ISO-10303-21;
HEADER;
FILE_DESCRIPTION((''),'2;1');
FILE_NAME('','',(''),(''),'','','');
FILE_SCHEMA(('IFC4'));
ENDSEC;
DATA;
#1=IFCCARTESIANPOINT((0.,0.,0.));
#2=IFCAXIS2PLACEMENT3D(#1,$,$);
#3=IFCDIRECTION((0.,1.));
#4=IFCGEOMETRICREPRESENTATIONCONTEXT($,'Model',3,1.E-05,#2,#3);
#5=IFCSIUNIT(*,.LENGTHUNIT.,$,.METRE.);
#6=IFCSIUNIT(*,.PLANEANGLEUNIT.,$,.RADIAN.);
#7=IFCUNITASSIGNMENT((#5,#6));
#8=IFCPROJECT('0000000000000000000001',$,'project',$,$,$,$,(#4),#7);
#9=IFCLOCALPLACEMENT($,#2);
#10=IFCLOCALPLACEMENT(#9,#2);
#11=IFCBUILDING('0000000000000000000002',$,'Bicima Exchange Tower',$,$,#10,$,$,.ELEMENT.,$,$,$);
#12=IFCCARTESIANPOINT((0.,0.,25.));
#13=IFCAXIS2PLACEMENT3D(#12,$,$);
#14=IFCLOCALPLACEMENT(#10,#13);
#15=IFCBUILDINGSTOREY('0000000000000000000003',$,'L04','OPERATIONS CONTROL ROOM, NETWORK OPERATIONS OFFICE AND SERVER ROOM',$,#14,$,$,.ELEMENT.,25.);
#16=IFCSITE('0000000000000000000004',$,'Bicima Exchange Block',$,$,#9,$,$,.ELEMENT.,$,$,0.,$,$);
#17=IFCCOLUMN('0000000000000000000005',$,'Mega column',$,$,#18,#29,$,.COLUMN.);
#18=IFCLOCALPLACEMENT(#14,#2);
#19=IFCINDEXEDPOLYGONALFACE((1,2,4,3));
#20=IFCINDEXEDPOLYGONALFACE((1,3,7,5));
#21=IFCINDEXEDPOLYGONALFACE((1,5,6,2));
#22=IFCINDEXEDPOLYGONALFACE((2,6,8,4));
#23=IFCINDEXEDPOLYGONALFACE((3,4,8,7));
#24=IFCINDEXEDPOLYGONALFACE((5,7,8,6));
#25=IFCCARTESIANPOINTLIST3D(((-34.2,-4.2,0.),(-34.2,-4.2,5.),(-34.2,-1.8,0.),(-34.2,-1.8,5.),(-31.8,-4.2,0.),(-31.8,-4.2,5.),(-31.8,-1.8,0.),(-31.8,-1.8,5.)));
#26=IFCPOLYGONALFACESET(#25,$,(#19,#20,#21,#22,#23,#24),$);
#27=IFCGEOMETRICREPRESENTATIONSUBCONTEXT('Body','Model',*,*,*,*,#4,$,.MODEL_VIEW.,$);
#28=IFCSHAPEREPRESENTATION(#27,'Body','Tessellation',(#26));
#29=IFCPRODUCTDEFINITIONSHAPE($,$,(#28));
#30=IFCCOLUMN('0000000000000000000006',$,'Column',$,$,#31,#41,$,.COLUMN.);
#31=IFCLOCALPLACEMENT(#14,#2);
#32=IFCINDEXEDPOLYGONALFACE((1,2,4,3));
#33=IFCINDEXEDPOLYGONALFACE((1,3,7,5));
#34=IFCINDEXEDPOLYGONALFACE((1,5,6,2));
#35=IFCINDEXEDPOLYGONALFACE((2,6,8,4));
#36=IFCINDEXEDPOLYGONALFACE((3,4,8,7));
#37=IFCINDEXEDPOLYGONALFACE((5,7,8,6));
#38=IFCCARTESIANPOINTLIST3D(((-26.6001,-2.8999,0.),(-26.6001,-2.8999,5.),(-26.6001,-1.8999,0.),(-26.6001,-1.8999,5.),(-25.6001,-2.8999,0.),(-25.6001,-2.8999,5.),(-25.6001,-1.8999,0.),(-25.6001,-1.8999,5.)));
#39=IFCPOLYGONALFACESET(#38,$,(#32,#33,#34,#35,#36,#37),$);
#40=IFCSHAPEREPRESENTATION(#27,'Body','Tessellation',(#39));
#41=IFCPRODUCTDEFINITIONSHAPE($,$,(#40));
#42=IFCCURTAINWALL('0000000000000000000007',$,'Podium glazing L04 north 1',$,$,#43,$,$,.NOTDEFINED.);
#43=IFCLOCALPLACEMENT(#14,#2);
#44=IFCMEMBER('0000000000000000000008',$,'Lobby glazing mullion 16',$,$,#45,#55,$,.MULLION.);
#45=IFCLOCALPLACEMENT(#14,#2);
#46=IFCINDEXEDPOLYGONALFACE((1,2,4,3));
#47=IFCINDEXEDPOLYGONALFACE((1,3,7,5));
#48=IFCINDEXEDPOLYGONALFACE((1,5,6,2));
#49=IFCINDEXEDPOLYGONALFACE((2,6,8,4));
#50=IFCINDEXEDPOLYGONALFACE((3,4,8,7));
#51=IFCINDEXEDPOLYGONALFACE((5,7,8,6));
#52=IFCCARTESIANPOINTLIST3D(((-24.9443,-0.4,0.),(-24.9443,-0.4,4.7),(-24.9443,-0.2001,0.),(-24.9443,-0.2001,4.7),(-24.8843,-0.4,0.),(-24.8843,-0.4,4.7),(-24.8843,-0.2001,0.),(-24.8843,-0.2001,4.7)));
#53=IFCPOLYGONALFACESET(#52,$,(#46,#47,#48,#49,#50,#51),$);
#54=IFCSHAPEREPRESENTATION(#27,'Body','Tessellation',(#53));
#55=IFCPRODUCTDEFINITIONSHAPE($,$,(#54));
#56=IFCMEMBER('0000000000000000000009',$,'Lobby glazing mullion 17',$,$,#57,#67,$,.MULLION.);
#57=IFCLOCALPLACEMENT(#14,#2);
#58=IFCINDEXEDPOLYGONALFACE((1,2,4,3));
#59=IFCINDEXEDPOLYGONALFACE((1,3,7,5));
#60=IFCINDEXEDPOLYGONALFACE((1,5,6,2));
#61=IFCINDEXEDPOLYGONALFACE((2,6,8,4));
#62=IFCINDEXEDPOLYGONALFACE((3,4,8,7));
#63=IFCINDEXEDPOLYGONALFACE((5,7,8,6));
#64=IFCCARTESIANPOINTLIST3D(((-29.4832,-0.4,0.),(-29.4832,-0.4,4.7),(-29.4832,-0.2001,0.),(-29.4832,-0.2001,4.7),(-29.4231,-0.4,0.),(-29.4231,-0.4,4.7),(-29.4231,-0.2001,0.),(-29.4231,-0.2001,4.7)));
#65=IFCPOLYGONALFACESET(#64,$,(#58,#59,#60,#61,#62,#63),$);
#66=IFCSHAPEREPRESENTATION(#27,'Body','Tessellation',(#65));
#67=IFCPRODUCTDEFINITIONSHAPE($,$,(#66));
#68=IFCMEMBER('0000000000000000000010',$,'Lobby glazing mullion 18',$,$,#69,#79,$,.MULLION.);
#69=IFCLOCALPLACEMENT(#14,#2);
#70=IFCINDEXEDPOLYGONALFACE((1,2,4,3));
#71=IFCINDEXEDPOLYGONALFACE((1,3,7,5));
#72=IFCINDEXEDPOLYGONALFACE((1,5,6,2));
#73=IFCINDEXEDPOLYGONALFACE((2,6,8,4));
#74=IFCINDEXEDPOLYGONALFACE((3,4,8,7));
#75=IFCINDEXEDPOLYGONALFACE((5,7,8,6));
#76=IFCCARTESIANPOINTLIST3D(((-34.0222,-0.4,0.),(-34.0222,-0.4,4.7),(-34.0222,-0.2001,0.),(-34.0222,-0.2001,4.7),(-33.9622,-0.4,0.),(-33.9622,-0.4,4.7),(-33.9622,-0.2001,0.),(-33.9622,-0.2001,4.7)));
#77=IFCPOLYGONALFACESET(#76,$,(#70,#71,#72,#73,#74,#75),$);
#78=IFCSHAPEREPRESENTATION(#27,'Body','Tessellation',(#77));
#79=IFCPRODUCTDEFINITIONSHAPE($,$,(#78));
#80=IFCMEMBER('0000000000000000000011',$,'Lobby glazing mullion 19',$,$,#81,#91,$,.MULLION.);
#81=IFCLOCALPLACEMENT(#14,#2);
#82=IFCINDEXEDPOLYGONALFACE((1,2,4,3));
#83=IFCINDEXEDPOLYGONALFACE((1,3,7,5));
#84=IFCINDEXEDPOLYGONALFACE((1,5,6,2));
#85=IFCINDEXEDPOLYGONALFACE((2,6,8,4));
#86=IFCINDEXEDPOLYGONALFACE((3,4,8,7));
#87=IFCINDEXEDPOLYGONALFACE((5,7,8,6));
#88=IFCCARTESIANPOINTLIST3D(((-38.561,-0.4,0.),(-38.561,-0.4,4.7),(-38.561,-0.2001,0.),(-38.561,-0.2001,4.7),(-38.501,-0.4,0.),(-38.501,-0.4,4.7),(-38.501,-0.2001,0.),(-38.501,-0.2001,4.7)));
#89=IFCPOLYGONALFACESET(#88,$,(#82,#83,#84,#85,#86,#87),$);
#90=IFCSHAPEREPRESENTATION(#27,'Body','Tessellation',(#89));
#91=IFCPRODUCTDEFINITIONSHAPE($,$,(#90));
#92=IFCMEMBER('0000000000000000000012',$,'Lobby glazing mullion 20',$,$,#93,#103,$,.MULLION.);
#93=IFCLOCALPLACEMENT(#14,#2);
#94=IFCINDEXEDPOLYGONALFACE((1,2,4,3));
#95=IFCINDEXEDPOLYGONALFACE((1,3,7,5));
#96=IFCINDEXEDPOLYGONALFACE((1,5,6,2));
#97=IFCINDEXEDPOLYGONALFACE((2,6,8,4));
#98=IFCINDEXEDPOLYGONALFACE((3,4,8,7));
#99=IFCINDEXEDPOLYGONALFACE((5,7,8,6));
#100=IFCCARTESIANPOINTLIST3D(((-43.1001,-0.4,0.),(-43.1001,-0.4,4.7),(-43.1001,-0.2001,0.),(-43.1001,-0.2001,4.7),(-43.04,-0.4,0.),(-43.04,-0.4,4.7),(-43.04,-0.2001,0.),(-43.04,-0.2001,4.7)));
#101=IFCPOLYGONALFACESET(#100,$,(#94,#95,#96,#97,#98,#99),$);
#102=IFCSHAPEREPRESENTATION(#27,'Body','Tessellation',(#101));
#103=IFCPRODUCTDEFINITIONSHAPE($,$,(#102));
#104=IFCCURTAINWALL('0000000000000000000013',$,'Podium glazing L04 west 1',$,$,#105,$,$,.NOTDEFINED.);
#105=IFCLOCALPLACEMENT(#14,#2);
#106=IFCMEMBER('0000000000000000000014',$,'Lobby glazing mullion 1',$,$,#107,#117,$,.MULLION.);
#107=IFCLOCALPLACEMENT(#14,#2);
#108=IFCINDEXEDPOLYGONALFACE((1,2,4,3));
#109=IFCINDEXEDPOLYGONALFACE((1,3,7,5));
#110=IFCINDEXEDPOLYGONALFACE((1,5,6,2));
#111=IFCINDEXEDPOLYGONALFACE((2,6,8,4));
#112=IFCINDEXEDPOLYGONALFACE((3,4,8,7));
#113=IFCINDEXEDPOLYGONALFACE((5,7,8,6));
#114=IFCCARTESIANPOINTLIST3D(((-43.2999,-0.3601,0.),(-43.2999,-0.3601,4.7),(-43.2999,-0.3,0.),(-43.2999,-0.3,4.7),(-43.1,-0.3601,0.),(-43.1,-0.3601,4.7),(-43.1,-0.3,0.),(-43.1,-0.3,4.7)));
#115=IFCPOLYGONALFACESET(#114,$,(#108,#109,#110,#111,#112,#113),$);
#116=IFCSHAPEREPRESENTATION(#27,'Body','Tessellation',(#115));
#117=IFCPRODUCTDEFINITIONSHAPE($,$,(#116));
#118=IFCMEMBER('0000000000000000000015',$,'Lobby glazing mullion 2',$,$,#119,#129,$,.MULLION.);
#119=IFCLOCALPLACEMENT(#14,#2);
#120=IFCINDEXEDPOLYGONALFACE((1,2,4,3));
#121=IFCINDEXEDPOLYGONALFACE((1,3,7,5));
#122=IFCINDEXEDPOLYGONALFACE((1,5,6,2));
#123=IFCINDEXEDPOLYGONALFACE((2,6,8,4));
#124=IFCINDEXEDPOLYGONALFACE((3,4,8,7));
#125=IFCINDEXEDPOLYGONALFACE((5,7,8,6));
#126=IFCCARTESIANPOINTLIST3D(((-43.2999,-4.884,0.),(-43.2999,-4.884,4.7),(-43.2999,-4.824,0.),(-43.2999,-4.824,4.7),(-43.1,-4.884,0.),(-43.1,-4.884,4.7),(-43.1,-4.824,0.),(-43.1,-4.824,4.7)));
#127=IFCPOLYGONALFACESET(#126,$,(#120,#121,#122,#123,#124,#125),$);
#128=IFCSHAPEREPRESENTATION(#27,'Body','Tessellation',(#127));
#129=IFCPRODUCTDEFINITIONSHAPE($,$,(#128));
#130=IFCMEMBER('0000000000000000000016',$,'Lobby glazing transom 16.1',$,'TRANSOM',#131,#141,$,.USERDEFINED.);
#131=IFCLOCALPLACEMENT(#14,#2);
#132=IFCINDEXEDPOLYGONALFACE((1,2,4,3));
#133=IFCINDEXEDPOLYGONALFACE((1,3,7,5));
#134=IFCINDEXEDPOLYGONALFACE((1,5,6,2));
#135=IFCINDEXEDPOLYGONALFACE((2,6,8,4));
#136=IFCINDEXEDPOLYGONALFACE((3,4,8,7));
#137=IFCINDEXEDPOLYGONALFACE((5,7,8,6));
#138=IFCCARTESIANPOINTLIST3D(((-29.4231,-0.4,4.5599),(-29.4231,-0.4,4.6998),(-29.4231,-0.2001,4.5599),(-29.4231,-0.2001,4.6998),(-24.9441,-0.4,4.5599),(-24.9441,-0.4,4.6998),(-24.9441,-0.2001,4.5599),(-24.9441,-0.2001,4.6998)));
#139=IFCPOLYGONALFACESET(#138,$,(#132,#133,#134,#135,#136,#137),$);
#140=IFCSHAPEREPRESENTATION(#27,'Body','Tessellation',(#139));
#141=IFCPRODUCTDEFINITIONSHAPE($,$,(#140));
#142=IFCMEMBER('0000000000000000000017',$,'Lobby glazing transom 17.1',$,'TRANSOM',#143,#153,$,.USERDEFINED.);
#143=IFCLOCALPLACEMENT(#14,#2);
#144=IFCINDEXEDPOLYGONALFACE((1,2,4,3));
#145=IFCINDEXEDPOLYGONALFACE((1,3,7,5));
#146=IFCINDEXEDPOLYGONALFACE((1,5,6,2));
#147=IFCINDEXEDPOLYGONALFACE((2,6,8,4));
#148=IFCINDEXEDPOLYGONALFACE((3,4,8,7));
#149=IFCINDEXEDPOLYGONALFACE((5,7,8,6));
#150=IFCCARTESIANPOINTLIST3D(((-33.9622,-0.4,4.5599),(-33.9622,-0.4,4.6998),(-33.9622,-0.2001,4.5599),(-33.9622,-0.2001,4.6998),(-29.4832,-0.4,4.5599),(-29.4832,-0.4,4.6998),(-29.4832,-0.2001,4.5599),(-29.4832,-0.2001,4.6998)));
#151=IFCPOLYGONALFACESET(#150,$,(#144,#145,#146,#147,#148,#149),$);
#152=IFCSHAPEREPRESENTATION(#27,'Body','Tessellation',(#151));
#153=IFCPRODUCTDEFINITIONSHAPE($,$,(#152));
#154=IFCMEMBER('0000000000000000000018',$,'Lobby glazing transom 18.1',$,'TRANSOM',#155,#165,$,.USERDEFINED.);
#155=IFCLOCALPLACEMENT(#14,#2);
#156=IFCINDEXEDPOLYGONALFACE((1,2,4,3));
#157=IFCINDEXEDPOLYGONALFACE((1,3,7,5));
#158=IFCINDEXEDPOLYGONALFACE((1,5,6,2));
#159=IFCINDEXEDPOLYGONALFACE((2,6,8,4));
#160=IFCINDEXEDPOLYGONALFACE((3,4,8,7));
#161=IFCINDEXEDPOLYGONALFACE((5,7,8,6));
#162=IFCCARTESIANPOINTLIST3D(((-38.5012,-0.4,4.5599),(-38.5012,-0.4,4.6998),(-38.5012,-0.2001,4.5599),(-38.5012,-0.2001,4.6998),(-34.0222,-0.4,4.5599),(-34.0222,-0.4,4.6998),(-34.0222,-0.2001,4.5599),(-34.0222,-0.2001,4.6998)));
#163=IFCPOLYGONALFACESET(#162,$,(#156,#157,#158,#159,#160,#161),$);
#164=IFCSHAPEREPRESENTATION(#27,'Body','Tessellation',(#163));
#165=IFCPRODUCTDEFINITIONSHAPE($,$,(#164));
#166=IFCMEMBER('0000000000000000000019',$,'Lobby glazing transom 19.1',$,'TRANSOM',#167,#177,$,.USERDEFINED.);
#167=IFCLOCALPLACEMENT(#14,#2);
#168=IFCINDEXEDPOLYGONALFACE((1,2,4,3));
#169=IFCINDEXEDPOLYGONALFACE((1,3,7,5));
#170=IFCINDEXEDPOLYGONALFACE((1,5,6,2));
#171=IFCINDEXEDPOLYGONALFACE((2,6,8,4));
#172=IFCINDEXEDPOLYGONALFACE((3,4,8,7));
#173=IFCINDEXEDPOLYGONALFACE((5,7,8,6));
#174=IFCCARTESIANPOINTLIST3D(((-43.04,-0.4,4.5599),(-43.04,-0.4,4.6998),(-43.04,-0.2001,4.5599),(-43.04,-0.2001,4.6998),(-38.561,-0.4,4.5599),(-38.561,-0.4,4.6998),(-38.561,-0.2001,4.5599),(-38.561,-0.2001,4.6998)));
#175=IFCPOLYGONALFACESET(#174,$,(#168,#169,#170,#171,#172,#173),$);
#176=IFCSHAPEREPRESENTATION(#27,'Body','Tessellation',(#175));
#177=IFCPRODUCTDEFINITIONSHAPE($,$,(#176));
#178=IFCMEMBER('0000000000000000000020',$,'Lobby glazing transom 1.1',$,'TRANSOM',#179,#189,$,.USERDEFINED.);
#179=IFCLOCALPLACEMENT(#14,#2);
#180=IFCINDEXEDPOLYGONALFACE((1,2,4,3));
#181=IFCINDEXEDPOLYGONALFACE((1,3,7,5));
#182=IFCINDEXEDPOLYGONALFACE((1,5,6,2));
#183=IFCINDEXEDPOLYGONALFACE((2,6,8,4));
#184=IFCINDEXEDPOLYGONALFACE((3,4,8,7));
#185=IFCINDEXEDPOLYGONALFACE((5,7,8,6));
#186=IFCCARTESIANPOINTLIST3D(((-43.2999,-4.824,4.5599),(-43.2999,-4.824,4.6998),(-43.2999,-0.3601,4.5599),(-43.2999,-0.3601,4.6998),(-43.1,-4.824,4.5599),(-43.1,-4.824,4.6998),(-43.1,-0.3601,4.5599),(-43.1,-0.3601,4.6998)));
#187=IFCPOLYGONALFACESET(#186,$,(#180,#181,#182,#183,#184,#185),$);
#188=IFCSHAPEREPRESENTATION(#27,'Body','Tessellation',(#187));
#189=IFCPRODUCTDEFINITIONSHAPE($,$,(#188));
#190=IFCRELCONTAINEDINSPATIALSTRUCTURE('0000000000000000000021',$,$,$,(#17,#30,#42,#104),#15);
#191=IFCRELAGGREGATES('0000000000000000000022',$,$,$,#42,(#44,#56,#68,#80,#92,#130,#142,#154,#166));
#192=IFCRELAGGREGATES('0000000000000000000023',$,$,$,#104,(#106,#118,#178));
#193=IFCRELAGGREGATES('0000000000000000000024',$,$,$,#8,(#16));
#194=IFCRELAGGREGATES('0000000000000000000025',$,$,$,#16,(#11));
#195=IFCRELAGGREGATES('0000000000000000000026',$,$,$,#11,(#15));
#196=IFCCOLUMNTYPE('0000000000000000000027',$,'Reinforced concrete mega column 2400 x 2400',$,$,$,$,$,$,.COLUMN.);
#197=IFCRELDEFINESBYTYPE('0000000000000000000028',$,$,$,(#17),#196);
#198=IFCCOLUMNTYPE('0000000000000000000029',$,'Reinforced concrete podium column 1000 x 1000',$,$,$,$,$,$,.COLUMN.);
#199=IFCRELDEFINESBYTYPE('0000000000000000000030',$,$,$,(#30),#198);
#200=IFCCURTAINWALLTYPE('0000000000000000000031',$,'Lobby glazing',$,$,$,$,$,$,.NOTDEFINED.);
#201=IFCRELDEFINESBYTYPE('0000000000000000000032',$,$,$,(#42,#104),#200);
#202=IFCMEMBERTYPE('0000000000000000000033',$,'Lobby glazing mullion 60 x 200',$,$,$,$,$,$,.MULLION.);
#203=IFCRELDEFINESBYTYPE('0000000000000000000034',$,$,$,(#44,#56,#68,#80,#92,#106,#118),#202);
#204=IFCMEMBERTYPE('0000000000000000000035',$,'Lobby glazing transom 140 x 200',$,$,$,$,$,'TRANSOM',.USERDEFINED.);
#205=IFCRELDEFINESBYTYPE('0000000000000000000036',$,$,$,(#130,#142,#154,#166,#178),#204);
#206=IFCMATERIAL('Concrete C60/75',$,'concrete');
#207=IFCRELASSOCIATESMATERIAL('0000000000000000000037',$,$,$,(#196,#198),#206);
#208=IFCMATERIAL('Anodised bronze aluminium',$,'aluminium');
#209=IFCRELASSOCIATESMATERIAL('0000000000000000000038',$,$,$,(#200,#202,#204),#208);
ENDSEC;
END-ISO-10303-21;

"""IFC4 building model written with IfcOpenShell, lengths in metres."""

from ifc_helpers import new_model, si_unit, direction, frame, origin, origin_2d, place, context, subcontext, project, spatial, rectangle, extrude, material, material_profile, profile_set, type_object, element, aggregate, save


model = new_model("IFC4")

# Units and contexts
model_context = context("Model", 3, precision=1e-05, world=origin(), true_north=direction((0.0, 1.0)))
body_context = subcontext(model_context, "Body", "Model", "MODEL_VIEW")
ifc_project = project(units=[si_unit("LENGTHUNIT", "METRE"), si_unit("PLANEANGLEUNIT", "RADIAN")], contexts=[model_context])

# Site, building, storey
site_placement = place(None, origin())
site = spatial("IfcSite", under=ifc_project, at=site_placement, Name="Bicima Exchange Block", CompositionType="ELEMENT", RefElevation=0.0)
building_placement = place(site_placement, origin())
building = spatial("IfcBuilding", under=site, at=building_placement, Name="Bicima Exchange Tower", CompositionType="ELEMENT")
storey_placement = place(building_placement, frame((0.0, 0.0, 25.0)))
storey = spatial("IfcBuildingStorey", under=building, at=storey_placement, Name="L04", Description="OPERATIONS CONTROL ROOM, NETWORK OPERATIONS OFFICE AND SERVER ROOM", CompositionType="ELEMENT", Elevation=25.0)

# Columns
ifc_material_1 = material(Name="Concrete C60/75", Category="concrete")
ifc_material_profile_1 = material_profile(ifc_material_1, rectangle(XDim=2.3999, YDim=2.3999, at=origin_2d()))
ifc_profile_set_1 = profile_set([ifc_material_profile_1], Name="Concrete C60/75")
column_type_1 = type_object("IfcColumnType", Name="Reinforced concrete mega column 2400 x 2400", PredefinedType="COLUMN", material=ifc_profile_set_1)
column_1_placement = place(storey_placement, frame((-33.0, -3.0, 0.0), z_axis=(0.0, 0.0, 1.0), x_axis=(1.0, 0.0, 0.0)))
element("IfcColumn", 1, at=column_1_placement, inside=storey, type_object=column_type_1, Name="Mega column", PredefinedType="COLUMN", context=body_context, shape_type="SweptSolid", body=[
    extrude(rectangle(XDim=2.3999, YDim=2.3999, at=origin_2d()), origin(), (0.0, 0.0, 1.0), 5.0),
])
ifc_material_profile_2 = material_profile(ifc_material_1, rectangle(XDim=1.0, YDim=1.0, at=origin_2d()))
ifc_profile_set_2 = profile_set([ifc_material_profile_2], Name="Concrete C60/75")
column_type_2 = type_object("IfcColumnType", Name="Reinforced concrete podium column 1000 x 1000", PredefinedType="COLUMN", material=ifc_profile_set_2)
column_2_placement = place(storey_placement, frame((-26.1001, -2.3999, 0.0), z_axis=(0.0, 0.0, 1.0), x_axis=(1.0, 0.0, 0.0)))
element("IfcColumn", 2, at=column_2_placement, inside=storey, type_object=column_type_2, Name="Column", PredefinedType="COLUMN", context=body_context, shape_type="SweptSolid", body=[
    extrude(rectangle(XDim=1.0, YDim=1.0, at=origin_2d()), origin(), (0.0, 0.0, 1.0), 5.0),
])

# Curtain walls, members
ifc_material_2 = material(Name="Anodised bronze aluminium", Category="aluminium")
curtain_wall_type = type_object("IfcCurtainWallType", Name="Lobby glazing", PredefinedType="NOTDEFINED", material=ifc_material_2)
curtain_wall_1_placement = place(storey_placement, origin())
curtain_wall_1 = element("IfcCurtainWall", 3, at=curtain_wall_1_placement, inside=storey, type_object=curtain_wall_type, Name="Podium glazing L04 north 1", PredefinedType="NOTDEFINED")
ifc_material_profile_3 = material_profile(ifc_material_2, rectangle(XDim=0.2, YDim=0.0601, at=origin_2d()))
ifc_profile_set_3 = profile_set([ifc_material_profile_3], Name="Anodised bronze aluminium")
member_type_1 = type_object("IfcMemberType", Name="Lobby glazing mullion 60 x 200", PredefinedType="MULLION", material=ifc_profile_set_3)
member_1_placement = place(storey_placement, frame((-24.9143, -0.3, 0.0), z_axis=(0.0, 0.0, 1.0), x_axis=(0.0, -1.0, 0.0)))
member_1 = element("IfcMember", 4, at=member_1_placement, type_object=member_type_1, Name="Lobby glazing mullion 16", PredefinedType="MULLION", context=body_context, shape_type="SweptSolid", body=[
    extrude(rectangle(XDim=0.2, YDim=0.0601, at=origin_2d()), origin(), (0.0, 0.0, 1.0), 4.7),
])
member_2_placement = place(storey_placement, frame((-29.4531, -0.3, 0.0), z_axis=(0.0, 0.0, 1.0), x_axis=(0.0, -1.0, 0.0)))
member_2 = element("IfcMember", 5, at=member_2_placement, type_object=member_type_1, Name="Lobby glazing mullion 17", PredefinedType="MULLION", context=body_context, shape_type="SweptSolid", body=[
    extrude(rectangle(XDim=0.2, YDim=0.0601, at=origin_2d()), origin(), (0.0, 0.0, 1.0), 4.7),
])
member_3_placement = place(storey_placement, frame((-33.9922, -0.3, 0.0), z_axis=(0.0, 0.0, 1.0), x_axis=(0.0, -1.0, 0.0)))
member_3 = element("IfcMember", 6, at=member_3_placement, type_object=member_type_1, Name="Lobby glazing mullion 18", PredefinedType="MULLION", context=body_context, shape_type="SweptSolid", body=[
    extrude(rectangle(XDim=0.2, YDim=0.0601, at=origin_2d()), origin(), (0.0, 0.0, 1.0), 4.7),
])
member_4_placement = place(storey_placement, frame((-38.531, -0.3, 0.0), z_axis=(0.0, 0.0, 1.0), x_axis=(0.0, -1.0, 0.0)))
member_4 = element("IfcMember", 7, at=member_4_placement, type_object=member_type_1, Name="Lobby glazing mullion 19", PredefinedType="MULLION", context=body_context, shape_type="SweptSolid", body=[
    extrude(rectangle(XDim=0.2, YDim=0.0601, at=origin_2d()), origin(), (0.0, 0.0, 1.0), 4.7),
])
member_5_placement = place(storey_placement, frame((-43.0701, -0.3, 0.0), z_axis=(0.0, 0.0, 1.0), x_axis=(0.0, -1.0, 0.0)))
member_5 = element("IfcMember", 8, at=member_5_placement, type_object=member_type_1, Name="Lobby glazing mullion 20", PredefinedType="MULLION", context=body_context, shape_type="SweptSolid", body=[
    extrude(rectangle(XDim=0.2, YDim=0.0601, at=origin_2d()), origin(), (0.0, 0.0, 1.0), 4.7),
])
curtain_wall_2_placement = place(storey_placement, origin())
curtain_wall_2 = element("IfcCurtainWall", 9, at=curtain_wall_2_placement, inside=storey, type_object=curtain_wall_type, Name="Podium glazing L04 west 1", PredefinedType="NOTDEFINED")
member_6_placement = place(storey_placement, frame((-43.2, -0.3301, 0.0), z_axis=(0.0, 0.0, 1.0), x_axis=(1.0, 0.0, 0.0)))
member_6 = element("IfcMember", 10, at=member_6_placement, type_object=member_type_1, Name="Lobby glazing mullion 1", PredefinedType="MULLION", context=body_context, shape_type="SweptSolid", body=[
    extrude(rectangle(XDim=0.2, YDim=0.0601, at=origin_2d()), origin(), (0.0, 0.0, 1.0), 4.7),
])
member_7_placement = place(storey_placement, frame((-43.2, -4.854, 0.0), z_axis=(0.0, 0.0, 1.0), x_axis=(1.0, 0.0, 0.0)))
member_7 = element("IfcMember", 11, at=member_7_placement, type_object=member_type_1, Name="Lobby glazing mullion 2", PredefinedType="MULLION", context=body_context, shape_type="SweptSolid", body=[
    extrude(rectangle(XDim=0.2, YDim=0.0601, at=origin_2d()), origin(), (0.0, 0.0, 1.0), 4.7),
])

# Members
ifc_material_profile_4 = material_profile(ifc_material_2, rectangle(XDim=0.2, YDim=0.1399, at=origin_2d()))
ifc_profile_set_4 = profile_set([ifc_material_profile_4], Name="Anodised bronze aluminium")
member_type_2 = type_object("IfcMemberType", Name="Lobby glazing transom 140 x 200", ElementType="TRANSOM", PredefinedType="USERDEFINED", material=ifc_profile_set_4)
member_8_placement = place(storey_placement, frame((-24.9441, -0.3, 4.6299), z_axis=(-1.0, 0.0, 0.0), x_axis=(0.0, -1.0, 0.0)))
member_8 = element("IfcMember", 12, at=member_8_placement, type_object=member_type_2, Name="Lobby glazing transom 16.1", ObjectType="TRANSOM", PredefinedType="USERDEFINED", context=body_context, shape_type="SweptSolid", body=[
    extrude(rectangle(XDim=0.2, YDim=0.1399, at=origin_2d()), origin(), (0.0, 0.0, 1.0), 4.479),
])
member_9_placement = place(storey_placement, frame((-29.4832, -0.3, 4.6299), z_axis=(-1.0, 0.0, 0.0), x_axis=(0.0, -1.0, 0.0)))
member_9 = element("IfcMember", 13, at=member_9_placement, type_object=member_type_2, Name="Lobby glazing transom 17.1", ObjectType="TRANSOM", PredefinedType="USERDEFINED", context=body_context, shape_type="SweptSolid", body=[
    extrude(rectangle(XDim=0.2, YDim=0.1399, at=origin_2d()), origin(), (0.0, 0.0, 1.0), 4.479),
])
member_10_placement = place(storey_placement, frame((-34.0222, -0.3, 4.6299), z_axis=(-1.0, 0.0, 0.0), x_axis=(0.0, -1.0, 0.0)))
member_10 = element("IfcMember", 14, at=member_10_placement, type_object=member_type_2, Name="Lobby glazing transom 18.1", ObjectType="TRANSOM", PredefinedType="USERDEFINED", context=body_context, shape_type="SweptSolid", body=[
    extrude(rectangle(XDim=0.2, YDim=0.1399, at=origin_2d()), origin(), (0.0, 0.0, 1.0), 4.479),
])
member_11_placement = place(storey_placement, frame((-38.561, -0.3, 4.6299), z_axis=(-1.0, 0.0, 0.0), x_axis=(0.0, -1.0, 0.0)))
member_11 = element("IfcMember", 15, at=member_11_placement, type_object=member_type_2, Name="Lobby glazing transom 19.1", ObjectType="TRANSOM", PredefinedType="USERDEFINED", context=body_context, shape_type="SweptSolid", body=[
    extrude(rectangle(XDim=0.2, YDim=0.1399, at=origin_2d()), origin(), (0.0, 0.0, 1.0), 4.479),
])
member_12_placement = place(storey_placement, frame((-43.2, -0.3601, 4.6299), z_axis=(0.0, -1.0, 0.0), x_axis=(1.0, 0.0, 0.0)))
member_12 = element("IfcMember", 16, at=member_12_placement, type_object=member_type_2, Name="Lobby glazing transom 1.1", ObjectType="TRANSOM", PredefinedType="USERDEFINED", context=body_context, shape_type="SweptSolid", body=[
    extrude(rectangle(XDim=0.2, YDim=0.1399, at=origin_2d()), origin(), (0.0, 0.0, 1.0), 4.4639),
])

aggregate(curtain_wall_1, [member_1, member_2, member_3, member_4, member_5, member_8, member_9, member_10, member_11])
aggregate(curtain_wall_2, [member_6, member_7, member_12])

save(model, "model.ifc")
